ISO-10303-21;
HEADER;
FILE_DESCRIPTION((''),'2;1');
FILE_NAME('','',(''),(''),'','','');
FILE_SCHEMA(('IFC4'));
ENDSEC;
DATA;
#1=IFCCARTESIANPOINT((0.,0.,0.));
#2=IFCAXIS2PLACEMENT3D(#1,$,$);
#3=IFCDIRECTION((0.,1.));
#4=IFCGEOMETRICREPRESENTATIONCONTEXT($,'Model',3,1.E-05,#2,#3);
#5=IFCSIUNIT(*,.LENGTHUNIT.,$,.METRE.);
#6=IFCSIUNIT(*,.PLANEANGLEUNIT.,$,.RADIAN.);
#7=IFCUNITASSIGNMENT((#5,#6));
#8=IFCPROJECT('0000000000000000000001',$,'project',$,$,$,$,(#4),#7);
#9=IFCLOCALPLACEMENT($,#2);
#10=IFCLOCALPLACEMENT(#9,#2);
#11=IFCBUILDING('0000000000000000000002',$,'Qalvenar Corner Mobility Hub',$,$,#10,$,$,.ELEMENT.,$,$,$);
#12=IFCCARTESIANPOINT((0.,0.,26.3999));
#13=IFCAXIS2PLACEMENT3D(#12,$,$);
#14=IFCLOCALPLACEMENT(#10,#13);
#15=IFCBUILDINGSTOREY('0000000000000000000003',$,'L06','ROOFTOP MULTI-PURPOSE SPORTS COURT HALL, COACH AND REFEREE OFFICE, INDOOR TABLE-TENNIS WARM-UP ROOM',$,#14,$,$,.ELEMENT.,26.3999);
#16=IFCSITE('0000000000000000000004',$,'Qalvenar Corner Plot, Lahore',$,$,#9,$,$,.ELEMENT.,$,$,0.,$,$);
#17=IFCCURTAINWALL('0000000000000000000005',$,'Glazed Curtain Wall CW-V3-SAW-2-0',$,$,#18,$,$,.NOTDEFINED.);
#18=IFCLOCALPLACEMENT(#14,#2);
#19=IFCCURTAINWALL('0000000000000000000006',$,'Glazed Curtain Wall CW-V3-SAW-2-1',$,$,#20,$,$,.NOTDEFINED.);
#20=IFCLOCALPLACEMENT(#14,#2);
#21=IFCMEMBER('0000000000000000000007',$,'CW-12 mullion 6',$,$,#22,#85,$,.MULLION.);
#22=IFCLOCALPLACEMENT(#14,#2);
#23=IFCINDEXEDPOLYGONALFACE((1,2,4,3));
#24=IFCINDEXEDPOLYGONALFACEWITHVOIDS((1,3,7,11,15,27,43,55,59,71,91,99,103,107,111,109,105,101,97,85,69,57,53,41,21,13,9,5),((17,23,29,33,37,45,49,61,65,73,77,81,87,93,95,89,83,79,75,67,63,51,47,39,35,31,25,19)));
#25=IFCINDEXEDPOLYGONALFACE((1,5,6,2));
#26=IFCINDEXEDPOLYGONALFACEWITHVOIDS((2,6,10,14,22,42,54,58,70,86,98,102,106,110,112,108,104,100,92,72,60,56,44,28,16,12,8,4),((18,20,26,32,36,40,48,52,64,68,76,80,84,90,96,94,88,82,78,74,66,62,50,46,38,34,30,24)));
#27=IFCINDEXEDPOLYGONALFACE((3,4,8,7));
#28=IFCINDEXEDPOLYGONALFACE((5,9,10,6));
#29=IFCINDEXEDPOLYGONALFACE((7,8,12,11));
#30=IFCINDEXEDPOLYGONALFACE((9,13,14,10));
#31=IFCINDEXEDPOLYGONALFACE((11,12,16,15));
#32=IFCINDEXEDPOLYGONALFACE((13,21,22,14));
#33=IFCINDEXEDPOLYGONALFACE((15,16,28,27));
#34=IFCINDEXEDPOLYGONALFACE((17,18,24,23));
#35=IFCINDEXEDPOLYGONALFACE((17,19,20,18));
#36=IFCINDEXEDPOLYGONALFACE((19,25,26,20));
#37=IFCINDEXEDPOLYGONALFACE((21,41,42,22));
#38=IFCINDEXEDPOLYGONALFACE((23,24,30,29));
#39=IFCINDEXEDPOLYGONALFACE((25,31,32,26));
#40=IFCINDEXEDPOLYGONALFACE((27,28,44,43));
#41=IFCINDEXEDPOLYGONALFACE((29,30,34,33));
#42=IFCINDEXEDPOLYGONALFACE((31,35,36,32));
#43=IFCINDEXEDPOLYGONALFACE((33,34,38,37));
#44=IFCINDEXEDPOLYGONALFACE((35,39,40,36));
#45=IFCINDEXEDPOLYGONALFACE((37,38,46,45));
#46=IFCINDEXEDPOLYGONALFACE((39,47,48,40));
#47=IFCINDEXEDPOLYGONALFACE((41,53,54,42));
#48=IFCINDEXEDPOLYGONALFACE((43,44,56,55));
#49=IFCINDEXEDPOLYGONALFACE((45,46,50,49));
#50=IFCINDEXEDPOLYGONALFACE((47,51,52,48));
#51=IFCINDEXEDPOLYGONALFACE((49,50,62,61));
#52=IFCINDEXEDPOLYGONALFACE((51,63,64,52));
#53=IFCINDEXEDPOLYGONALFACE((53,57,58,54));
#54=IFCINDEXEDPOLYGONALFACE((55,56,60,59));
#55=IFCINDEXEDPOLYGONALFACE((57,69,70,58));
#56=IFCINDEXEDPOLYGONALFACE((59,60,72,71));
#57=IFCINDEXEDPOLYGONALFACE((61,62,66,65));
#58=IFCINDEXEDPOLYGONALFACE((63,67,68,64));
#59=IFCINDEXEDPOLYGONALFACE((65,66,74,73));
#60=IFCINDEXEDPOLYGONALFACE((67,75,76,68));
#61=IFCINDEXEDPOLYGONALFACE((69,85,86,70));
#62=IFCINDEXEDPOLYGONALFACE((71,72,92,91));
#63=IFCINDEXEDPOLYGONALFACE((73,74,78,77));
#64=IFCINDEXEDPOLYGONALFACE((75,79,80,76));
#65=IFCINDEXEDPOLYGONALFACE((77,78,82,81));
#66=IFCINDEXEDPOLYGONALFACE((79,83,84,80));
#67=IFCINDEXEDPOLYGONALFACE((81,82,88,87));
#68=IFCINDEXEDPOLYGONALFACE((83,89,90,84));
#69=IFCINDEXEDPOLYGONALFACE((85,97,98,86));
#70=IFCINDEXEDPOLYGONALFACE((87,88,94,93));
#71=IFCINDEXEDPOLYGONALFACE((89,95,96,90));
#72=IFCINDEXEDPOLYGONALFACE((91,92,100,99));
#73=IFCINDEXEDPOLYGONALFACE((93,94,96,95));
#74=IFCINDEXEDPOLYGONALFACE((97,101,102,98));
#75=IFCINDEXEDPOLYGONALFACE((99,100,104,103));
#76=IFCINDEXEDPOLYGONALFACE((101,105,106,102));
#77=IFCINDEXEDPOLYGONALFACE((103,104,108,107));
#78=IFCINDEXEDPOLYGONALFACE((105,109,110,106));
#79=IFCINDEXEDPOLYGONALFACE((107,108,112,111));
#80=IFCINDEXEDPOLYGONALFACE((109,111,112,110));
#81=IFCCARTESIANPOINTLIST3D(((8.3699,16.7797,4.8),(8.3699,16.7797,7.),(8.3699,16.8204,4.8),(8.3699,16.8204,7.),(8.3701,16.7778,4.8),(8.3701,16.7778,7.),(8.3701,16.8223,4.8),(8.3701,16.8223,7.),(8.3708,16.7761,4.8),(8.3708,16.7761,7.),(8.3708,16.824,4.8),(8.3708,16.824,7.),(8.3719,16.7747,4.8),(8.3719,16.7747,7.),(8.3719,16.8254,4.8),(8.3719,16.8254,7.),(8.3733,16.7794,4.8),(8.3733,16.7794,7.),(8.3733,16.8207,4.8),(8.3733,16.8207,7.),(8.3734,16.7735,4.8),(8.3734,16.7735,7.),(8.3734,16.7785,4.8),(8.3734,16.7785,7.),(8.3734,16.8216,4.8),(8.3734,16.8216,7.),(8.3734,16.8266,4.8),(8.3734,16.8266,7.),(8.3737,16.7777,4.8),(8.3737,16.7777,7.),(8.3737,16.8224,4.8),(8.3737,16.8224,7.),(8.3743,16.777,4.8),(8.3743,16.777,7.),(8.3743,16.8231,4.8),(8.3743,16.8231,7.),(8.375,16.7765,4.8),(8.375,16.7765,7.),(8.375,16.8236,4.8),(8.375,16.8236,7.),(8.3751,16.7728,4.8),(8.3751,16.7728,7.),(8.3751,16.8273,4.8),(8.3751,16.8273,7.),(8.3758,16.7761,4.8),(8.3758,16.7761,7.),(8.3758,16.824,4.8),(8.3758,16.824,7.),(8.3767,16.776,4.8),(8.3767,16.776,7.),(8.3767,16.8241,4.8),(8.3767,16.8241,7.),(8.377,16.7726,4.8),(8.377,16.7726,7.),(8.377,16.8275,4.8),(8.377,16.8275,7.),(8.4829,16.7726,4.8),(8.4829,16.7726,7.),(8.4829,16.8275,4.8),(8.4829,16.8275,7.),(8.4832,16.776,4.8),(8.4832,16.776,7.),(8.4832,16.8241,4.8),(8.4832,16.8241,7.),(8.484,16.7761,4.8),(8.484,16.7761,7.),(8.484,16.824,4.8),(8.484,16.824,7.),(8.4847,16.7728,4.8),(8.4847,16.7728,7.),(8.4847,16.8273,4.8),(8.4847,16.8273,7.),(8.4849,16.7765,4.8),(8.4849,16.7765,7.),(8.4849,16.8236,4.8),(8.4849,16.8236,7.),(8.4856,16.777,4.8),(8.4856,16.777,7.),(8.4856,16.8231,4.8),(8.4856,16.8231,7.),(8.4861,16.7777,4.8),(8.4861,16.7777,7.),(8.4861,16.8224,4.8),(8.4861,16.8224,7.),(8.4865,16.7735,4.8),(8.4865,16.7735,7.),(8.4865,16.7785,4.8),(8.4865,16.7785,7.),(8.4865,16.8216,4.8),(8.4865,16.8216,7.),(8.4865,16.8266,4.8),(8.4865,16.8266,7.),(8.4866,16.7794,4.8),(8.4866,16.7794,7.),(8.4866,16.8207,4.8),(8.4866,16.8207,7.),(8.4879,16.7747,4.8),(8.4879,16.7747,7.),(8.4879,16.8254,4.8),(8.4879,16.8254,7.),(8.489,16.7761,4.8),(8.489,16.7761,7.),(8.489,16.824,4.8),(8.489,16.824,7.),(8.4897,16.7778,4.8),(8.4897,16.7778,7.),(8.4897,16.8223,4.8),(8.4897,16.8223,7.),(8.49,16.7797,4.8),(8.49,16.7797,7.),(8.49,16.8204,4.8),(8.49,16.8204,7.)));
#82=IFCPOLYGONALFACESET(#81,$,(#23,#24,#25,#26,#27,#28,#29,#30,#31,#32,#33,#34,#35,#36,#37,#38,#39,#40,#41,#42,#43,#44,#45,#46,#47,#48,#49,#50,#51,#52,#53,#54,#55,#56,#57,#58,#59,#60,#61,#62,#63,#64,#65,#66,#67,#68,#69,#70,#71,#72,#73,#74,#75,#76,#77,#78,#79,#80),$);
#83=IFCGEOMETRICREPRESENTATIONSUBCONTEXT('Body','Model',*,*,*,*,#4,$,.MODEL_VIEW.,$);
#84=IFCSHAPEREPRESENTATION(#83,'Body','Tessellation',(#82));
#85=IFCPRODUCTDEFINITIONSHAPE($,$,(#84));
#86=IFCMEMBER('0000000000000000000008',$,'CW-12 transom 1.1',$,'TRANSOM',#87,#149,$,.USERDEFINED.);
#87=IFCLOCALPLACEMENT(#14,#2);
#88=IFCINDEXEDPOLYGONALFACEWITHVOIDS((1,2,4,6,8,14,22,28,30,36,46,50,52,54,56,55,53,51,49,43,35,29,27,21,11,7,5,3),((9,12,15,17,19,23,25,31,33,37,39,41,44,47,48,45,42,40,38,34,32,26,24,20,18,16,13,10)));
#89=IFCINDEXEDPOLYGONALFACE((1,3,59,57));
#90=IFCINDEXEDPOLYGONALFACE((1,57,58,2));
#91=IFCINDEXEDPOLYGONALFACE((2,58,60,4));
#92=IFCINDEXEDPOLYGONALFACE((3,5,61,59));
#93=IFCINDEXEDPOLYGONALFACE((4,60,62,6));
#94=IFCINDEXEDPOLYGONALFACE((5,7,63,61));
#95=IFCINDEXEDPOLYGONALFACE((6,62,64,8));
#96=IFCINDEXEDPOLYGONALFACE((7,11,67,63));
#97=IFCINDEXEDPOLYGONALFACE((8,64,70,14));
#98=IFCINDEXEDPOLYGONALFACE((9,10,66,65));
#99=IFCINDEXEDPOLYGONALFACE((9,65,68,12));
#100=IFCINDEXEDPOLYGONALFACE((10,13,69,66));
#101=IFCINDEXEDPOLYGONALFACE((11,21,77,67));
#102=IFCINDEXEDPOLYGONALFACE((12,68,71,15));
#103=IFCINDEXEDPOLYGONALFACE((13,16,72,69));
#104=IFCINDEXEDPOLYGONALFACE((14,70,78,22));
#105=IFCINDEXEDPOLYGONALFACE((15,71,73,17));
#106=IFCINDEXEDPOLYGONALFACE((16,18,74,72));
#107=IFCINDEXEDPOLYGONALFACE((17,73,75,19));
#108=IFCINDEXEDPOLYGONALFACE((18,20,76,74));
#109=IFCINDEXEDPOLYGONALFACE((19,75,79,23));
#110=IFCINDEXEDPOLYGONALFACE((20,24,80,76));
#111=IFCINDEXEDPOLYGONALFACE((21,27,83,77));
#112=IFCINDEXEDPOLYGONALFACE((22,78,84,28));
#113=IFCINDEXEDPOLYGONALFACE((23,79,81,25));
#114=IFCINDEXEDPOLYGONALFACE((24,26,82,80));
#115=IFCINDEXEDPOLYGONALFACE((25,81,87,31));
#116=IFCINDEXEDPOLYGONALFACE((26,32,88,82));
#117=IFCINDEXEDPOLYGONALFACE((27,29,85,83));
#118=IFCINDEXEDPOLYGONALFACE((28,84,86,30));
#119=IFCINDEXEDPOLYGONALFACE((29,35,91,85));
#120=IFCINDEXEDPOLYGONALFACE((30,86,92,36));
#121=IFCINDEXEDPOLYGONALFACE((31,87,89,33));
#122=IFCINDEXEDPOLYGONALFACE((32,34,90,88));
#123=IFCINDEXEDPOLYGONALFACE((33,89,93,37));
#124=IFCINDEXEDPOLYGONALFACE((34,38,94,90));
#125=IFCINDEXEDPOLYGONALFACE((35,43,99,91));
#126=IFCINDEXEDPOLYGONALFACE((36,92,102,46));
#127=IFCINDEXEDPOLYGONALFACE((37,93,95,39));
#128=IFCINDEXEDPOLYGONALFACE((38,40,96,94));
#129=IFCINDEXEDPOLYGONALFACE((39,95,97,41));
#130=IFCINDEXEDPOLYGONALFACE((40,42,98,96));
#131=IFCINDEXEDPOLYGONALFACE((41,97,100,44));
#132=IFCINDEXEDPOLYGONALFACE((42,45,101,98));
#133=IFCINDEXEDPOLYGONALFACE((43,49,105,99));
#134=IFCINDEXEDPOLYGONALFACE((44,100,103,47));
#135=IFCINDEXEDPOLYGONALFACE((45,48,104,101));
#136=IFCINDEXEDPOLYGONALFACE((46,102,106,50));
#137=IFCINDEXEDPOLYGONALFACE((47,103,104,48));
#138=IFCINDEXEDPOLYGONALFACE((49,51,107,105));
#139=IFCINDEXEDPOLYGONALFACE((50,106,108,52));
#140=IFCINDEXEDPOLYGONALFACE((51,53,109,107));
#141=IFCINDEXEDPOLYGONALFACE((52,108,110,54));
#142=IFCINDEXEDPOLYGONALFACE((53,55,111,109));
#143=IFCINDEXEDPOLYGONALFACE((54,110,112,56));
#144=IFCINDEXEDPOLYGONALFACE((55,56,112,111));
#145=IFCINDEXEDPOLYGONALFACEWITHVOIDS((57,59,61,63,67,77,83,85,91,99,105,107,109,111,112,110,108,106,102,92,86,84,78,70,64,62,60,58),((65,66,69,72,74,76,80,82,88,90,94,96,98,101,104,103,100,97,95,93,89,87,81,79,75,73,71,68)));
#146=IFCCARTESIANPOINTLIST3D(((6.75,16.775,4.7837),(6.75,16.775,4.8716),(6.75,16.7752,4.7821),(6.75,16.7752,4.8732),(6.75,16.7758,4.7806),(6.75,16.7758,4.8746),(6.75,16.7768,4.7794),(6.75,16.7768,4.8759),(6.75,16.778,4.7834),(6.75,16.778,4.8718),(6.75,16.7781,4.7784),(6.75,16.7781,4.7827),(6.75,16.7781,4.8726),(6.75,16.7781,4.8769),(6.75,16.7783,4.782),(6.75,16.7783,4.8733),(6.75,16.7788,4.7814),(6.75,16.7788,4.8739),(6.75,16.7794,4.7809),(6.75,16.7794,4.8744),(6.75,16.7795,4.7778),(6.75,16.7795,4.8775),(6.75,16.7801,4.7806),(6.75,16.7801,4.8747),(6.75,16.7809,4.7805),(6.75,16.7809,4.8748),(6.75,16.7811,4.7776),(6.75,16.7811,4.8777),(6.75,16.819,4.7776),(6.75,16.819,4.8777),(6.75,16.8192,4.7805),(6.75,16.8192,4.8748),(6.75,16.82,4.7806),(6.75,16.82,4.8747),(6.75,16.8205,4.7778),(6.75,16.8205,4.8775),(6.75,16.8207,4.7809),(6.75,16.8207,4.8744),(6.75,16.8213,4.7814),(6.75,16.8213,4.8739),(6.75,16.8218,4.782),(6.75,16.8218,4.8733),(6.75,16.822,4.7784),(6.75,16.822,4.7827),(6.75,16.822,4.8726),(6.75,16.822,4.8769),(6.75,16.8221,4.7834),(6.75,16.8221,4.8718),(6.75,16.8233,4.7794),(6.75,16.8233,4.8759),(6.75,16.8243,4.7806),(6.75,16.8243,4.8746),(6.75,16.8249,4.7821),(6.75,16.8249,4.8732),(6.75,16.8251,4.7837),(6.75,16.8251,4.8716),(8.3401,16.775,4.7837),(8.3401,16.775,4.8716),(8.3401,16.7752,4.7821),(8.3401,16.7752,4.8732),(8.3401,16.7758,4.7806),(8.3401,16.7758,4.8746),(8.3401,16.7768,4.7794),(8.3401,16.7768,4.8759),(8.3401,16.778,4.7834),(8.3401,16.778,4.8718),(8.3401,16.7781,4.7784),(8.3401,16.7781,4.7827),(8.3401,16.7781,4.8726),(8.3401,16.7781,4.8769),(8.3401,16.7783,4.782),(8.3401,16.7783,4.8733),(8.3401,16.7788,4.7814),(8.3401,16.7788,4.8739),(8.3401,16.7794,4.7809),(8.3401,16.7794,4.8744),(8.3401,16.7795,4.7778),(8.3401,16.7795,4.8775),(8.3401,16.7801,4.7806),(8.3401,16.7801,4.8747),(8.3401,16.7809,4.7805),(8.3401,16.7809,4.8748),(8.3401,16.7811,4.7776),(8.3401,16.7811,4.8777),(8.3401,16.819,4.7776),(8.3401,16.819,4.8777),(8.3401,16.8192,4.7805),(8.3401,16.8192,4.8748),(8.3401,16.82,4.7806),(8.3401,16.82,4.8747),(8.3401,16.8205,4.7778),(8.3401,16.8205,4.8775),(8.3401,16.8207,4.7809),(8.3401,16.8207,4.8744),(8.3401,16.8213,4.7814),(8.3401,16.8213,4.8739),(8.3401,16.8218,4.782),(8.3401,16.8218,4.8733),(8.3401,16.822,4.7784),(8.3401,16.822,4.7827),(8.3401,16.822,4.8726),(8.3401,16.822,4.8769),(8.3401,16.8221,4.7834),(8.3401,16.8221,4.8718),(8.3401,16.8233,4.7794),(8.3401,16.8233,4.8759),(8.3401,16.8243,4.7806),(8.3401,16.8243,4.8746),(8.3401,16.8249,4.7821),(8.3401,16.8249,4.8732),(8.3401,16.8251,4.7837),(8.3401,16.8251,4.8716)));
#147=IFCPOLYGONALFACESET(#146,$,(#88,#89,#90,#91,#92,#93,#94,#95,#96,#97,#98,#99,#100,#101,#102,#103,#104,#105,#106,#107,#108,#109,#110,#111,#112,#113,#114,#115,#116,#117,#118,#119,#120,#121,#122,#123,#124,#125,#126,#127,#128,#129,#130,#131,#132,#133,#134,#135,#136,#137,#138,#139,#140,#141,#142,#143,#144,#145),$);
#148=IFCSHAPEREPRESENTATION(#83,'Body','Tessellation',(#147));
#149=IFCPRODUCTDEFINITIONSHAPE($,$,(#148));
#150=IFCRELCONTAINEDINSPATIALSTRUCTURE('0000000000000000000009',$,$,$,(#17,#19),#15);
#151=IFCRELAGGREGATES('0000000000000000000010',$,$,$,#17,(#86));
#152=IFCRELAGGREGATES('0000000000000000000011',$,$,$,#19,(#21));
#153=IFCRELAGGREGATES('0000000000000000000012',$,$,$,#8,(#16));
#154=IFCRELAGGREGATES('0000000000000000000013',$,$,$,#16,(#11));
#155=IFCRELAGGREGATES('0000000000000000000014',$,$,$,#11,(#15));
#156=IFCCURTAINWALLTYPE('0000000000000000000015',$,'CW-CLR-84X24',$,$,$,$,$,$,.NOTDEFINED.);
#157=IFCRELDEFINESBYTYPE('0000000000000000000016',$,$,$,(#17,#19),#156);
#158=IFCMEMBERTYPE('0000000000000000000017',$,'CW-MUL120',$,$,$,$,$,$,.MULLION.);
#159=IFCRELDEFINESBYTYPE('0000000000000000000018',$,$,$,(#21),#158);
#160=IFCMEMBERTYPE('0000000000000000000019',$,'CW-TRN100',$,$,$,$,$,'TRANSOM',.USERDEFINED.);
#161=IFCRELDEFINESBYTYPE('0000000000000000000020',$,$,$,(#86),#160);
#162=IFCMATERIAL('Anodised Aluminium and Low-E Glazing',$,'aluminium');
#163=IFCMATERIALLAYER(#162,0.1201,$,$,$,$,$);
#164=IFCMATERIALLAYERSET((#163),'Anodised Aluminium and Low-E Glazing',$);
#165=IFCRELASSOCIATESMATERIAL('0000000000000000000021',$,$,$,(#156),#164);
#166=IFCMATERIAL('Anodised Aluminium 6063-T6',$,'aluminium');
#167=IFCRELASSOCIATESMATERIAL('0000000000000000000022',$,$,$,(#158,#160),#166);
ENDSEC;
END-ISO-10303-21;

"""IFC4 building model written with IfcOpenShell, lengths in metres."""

from ifc_helpers import new_model, si_unit, direction, frame, origin, origin_2d, place, context, subcontext, project, spatial, hollow_rectangle, extrude, material, layer, layer_set, material_profile, profile_set, type_object, element, aggregate, save


model = new_model("IFC4")

# Units and contexts
model_context = context("Model", 3, precision=1e-05, world=origin(), true_north=direction((0.0, 1.0)))
body_context = subcontext(model_context, "Body", "Model", "MODEL_VIEW")
ifc_project = project(units=[si_unit("LENGTHUNIT", "METRE"), si_unit("PLANEANGLEUNIT", "RADIAN")], contexts=[model_context])

# Site, building, storey
site_placement = place(None, origin())
site = spatial("IfcSite", under=ifc_project, at=site_placement, Name="Qalvenar Corner Plot, Lahore", CompositionType="ELEMENT", RefElevation=0.0)
building_placement = place(site_placement, origin())
building = spatial("IfcBuilding", under=site, at=building_placement, Name="Qalvenar Corner Mobility Hub", CompositionType="ELEMENT")
storey_placement = place(building_placement, frame((0.0, 0.0, 26.3999)))
storey = spatial("IfcBuildingStorey", under=building, at=storey_placement, Name="L06", Description="ROOFTOP MULTI-PURPOSE SPORTS COURT HALL, COACH AND REFEREE OFFICE, INDOOR TABLE-TENNIS WARM-UP ROOM", CompositionType="ELEMENT", Elevation=26.3999)

# Curtain walls, member
ifc_material_1 = material(Name="Anodised Aluminium and Low-E Glazing", Category="aluminium")
ifc_layer_1 = layer(ifc_material_1, 0.1201)
ifc_layer_set_1 = layer_set([ifc_layer_1], Name="Anodised Aluminium and Low-E Glazing")
curtain_wall_type = type_object("IfcCurtainWallType", Name="CW-CLR-84X24", PredefinedType="NOTDEFINED", material=ifc_layer_set_1)
curtain_wall_1_placement = place(storey_placement, origin())
curtain_wall_1 = element("IfcCurtainWall", 1, at=curtain_wall_1_placement, inside=storey, type_object=curtain_wall_type, Name="Glazed Curtain Wall CW-V3-SAW-2-0", PredefinedType="NOTDEFINED")
ifc_material_2 = material(Name="Anodised Aluminium 6063-T6", Category="aluminium")
ifc_material_profile_1 = material_profile(ifc_material_2, hollow_rectangle(XDim=0.0549, YDim=0.1201, WallThickness=0.0034, InnerFilletRadius=0.0034, OuterFilletRadius=0.0071, at=origin_2d()), Name="RHS120x55x3.5")
ifc_profile_set_1 = profile_set([ifc_material_profile_1], Name="Anodised Aluminium 6063-T6")
member_type_1 = type_object("IfcMemberType", Name="CW-MUL120", PredefinedType="MULLION", material=ifc_profile_set_1)
curtain_wall_2_placement = place(storey_placement, origin())
curtain_wall_2 = element("IfcCurtainWall", 2, at=curtain_wall_2_placement, inside=storey, type_object=curtain_wall_type, Name="Glazed Curtain Wall CW-V3-SAW-2-1", PredefinedType="NOTDEFINED")
member_1_placement = place(storey_placement, frame((8.4299, 16.8, 4.8), z_axis=(0.0, 0.0, 1.0), x_axis=(0.0, -1.0, 0.0)))
member_1 = element("IfcMember", 3, at=member_1_placement, type_object=member_type_1, Name="CW-12 mullion 6", PredefinedType="MULLION", context=body_context, shape_type="SweptSolid", body=[
    extrude(hollow_rectangle(XDim=0.0549, YDim=0.1201, WallThickness=0.0034, InnerFilletRadius=0.0034, OuterFilletRadius=0.0071, at=origin_2d()), origin(), (0.0, 0.0, 1.0), 2.2),
])

# Member
ifc_material_profile_2 = material_profile(ifc_material_2, hollow_rectangle(XDim=0.05, YDim=0.1001, WallThickness=0.0029, InnerFilletRadius=0.0029, OuterFilletRadius=0.0061, at=origin_2d()), Name="RHS100x50x3")
ifc_profile_set_2 = profile_set([ifc_material_profile_2], Name="Anodised Aluminium 6063-T6")
member_type_2 = type_object("IfcMemberType", Name="CW-TRN100", ElementType="TRANSOM", PredefinedType="USERDEFINED", material=ifc_profile_set_2)
member_2_placement = place(storey_placement, frame((8.3401, 16.8, 4.8276), z_axis=(-1.0, 0.0, 0.0), x_axis=(0.0, -1.0, 0.0)))
member_2 = element("IfcMember", 4, at=member_2_placement, type_object=member_type_2, Name="CW-12 transom 1.1", ObjectType="TRANSOM", PredefinedType="USERDEFINED", context=body_context, shape_type="SweptSolid", body=[
    extrude(hollow_rectangle(XDim=0.05, YDim=0.1001, WallThickness=0.0029, InnerFilletRadius=0.0029, OuterFilletRadius=0.0061, at=origin_2d()), origin(), (0.0, 0.0, 1.0), 1.5901),
])

aggregate(curtain_wall_1, [member_2])
aggregate(curtain_wall_2, [member_1])

save(model, "model.ifc")
